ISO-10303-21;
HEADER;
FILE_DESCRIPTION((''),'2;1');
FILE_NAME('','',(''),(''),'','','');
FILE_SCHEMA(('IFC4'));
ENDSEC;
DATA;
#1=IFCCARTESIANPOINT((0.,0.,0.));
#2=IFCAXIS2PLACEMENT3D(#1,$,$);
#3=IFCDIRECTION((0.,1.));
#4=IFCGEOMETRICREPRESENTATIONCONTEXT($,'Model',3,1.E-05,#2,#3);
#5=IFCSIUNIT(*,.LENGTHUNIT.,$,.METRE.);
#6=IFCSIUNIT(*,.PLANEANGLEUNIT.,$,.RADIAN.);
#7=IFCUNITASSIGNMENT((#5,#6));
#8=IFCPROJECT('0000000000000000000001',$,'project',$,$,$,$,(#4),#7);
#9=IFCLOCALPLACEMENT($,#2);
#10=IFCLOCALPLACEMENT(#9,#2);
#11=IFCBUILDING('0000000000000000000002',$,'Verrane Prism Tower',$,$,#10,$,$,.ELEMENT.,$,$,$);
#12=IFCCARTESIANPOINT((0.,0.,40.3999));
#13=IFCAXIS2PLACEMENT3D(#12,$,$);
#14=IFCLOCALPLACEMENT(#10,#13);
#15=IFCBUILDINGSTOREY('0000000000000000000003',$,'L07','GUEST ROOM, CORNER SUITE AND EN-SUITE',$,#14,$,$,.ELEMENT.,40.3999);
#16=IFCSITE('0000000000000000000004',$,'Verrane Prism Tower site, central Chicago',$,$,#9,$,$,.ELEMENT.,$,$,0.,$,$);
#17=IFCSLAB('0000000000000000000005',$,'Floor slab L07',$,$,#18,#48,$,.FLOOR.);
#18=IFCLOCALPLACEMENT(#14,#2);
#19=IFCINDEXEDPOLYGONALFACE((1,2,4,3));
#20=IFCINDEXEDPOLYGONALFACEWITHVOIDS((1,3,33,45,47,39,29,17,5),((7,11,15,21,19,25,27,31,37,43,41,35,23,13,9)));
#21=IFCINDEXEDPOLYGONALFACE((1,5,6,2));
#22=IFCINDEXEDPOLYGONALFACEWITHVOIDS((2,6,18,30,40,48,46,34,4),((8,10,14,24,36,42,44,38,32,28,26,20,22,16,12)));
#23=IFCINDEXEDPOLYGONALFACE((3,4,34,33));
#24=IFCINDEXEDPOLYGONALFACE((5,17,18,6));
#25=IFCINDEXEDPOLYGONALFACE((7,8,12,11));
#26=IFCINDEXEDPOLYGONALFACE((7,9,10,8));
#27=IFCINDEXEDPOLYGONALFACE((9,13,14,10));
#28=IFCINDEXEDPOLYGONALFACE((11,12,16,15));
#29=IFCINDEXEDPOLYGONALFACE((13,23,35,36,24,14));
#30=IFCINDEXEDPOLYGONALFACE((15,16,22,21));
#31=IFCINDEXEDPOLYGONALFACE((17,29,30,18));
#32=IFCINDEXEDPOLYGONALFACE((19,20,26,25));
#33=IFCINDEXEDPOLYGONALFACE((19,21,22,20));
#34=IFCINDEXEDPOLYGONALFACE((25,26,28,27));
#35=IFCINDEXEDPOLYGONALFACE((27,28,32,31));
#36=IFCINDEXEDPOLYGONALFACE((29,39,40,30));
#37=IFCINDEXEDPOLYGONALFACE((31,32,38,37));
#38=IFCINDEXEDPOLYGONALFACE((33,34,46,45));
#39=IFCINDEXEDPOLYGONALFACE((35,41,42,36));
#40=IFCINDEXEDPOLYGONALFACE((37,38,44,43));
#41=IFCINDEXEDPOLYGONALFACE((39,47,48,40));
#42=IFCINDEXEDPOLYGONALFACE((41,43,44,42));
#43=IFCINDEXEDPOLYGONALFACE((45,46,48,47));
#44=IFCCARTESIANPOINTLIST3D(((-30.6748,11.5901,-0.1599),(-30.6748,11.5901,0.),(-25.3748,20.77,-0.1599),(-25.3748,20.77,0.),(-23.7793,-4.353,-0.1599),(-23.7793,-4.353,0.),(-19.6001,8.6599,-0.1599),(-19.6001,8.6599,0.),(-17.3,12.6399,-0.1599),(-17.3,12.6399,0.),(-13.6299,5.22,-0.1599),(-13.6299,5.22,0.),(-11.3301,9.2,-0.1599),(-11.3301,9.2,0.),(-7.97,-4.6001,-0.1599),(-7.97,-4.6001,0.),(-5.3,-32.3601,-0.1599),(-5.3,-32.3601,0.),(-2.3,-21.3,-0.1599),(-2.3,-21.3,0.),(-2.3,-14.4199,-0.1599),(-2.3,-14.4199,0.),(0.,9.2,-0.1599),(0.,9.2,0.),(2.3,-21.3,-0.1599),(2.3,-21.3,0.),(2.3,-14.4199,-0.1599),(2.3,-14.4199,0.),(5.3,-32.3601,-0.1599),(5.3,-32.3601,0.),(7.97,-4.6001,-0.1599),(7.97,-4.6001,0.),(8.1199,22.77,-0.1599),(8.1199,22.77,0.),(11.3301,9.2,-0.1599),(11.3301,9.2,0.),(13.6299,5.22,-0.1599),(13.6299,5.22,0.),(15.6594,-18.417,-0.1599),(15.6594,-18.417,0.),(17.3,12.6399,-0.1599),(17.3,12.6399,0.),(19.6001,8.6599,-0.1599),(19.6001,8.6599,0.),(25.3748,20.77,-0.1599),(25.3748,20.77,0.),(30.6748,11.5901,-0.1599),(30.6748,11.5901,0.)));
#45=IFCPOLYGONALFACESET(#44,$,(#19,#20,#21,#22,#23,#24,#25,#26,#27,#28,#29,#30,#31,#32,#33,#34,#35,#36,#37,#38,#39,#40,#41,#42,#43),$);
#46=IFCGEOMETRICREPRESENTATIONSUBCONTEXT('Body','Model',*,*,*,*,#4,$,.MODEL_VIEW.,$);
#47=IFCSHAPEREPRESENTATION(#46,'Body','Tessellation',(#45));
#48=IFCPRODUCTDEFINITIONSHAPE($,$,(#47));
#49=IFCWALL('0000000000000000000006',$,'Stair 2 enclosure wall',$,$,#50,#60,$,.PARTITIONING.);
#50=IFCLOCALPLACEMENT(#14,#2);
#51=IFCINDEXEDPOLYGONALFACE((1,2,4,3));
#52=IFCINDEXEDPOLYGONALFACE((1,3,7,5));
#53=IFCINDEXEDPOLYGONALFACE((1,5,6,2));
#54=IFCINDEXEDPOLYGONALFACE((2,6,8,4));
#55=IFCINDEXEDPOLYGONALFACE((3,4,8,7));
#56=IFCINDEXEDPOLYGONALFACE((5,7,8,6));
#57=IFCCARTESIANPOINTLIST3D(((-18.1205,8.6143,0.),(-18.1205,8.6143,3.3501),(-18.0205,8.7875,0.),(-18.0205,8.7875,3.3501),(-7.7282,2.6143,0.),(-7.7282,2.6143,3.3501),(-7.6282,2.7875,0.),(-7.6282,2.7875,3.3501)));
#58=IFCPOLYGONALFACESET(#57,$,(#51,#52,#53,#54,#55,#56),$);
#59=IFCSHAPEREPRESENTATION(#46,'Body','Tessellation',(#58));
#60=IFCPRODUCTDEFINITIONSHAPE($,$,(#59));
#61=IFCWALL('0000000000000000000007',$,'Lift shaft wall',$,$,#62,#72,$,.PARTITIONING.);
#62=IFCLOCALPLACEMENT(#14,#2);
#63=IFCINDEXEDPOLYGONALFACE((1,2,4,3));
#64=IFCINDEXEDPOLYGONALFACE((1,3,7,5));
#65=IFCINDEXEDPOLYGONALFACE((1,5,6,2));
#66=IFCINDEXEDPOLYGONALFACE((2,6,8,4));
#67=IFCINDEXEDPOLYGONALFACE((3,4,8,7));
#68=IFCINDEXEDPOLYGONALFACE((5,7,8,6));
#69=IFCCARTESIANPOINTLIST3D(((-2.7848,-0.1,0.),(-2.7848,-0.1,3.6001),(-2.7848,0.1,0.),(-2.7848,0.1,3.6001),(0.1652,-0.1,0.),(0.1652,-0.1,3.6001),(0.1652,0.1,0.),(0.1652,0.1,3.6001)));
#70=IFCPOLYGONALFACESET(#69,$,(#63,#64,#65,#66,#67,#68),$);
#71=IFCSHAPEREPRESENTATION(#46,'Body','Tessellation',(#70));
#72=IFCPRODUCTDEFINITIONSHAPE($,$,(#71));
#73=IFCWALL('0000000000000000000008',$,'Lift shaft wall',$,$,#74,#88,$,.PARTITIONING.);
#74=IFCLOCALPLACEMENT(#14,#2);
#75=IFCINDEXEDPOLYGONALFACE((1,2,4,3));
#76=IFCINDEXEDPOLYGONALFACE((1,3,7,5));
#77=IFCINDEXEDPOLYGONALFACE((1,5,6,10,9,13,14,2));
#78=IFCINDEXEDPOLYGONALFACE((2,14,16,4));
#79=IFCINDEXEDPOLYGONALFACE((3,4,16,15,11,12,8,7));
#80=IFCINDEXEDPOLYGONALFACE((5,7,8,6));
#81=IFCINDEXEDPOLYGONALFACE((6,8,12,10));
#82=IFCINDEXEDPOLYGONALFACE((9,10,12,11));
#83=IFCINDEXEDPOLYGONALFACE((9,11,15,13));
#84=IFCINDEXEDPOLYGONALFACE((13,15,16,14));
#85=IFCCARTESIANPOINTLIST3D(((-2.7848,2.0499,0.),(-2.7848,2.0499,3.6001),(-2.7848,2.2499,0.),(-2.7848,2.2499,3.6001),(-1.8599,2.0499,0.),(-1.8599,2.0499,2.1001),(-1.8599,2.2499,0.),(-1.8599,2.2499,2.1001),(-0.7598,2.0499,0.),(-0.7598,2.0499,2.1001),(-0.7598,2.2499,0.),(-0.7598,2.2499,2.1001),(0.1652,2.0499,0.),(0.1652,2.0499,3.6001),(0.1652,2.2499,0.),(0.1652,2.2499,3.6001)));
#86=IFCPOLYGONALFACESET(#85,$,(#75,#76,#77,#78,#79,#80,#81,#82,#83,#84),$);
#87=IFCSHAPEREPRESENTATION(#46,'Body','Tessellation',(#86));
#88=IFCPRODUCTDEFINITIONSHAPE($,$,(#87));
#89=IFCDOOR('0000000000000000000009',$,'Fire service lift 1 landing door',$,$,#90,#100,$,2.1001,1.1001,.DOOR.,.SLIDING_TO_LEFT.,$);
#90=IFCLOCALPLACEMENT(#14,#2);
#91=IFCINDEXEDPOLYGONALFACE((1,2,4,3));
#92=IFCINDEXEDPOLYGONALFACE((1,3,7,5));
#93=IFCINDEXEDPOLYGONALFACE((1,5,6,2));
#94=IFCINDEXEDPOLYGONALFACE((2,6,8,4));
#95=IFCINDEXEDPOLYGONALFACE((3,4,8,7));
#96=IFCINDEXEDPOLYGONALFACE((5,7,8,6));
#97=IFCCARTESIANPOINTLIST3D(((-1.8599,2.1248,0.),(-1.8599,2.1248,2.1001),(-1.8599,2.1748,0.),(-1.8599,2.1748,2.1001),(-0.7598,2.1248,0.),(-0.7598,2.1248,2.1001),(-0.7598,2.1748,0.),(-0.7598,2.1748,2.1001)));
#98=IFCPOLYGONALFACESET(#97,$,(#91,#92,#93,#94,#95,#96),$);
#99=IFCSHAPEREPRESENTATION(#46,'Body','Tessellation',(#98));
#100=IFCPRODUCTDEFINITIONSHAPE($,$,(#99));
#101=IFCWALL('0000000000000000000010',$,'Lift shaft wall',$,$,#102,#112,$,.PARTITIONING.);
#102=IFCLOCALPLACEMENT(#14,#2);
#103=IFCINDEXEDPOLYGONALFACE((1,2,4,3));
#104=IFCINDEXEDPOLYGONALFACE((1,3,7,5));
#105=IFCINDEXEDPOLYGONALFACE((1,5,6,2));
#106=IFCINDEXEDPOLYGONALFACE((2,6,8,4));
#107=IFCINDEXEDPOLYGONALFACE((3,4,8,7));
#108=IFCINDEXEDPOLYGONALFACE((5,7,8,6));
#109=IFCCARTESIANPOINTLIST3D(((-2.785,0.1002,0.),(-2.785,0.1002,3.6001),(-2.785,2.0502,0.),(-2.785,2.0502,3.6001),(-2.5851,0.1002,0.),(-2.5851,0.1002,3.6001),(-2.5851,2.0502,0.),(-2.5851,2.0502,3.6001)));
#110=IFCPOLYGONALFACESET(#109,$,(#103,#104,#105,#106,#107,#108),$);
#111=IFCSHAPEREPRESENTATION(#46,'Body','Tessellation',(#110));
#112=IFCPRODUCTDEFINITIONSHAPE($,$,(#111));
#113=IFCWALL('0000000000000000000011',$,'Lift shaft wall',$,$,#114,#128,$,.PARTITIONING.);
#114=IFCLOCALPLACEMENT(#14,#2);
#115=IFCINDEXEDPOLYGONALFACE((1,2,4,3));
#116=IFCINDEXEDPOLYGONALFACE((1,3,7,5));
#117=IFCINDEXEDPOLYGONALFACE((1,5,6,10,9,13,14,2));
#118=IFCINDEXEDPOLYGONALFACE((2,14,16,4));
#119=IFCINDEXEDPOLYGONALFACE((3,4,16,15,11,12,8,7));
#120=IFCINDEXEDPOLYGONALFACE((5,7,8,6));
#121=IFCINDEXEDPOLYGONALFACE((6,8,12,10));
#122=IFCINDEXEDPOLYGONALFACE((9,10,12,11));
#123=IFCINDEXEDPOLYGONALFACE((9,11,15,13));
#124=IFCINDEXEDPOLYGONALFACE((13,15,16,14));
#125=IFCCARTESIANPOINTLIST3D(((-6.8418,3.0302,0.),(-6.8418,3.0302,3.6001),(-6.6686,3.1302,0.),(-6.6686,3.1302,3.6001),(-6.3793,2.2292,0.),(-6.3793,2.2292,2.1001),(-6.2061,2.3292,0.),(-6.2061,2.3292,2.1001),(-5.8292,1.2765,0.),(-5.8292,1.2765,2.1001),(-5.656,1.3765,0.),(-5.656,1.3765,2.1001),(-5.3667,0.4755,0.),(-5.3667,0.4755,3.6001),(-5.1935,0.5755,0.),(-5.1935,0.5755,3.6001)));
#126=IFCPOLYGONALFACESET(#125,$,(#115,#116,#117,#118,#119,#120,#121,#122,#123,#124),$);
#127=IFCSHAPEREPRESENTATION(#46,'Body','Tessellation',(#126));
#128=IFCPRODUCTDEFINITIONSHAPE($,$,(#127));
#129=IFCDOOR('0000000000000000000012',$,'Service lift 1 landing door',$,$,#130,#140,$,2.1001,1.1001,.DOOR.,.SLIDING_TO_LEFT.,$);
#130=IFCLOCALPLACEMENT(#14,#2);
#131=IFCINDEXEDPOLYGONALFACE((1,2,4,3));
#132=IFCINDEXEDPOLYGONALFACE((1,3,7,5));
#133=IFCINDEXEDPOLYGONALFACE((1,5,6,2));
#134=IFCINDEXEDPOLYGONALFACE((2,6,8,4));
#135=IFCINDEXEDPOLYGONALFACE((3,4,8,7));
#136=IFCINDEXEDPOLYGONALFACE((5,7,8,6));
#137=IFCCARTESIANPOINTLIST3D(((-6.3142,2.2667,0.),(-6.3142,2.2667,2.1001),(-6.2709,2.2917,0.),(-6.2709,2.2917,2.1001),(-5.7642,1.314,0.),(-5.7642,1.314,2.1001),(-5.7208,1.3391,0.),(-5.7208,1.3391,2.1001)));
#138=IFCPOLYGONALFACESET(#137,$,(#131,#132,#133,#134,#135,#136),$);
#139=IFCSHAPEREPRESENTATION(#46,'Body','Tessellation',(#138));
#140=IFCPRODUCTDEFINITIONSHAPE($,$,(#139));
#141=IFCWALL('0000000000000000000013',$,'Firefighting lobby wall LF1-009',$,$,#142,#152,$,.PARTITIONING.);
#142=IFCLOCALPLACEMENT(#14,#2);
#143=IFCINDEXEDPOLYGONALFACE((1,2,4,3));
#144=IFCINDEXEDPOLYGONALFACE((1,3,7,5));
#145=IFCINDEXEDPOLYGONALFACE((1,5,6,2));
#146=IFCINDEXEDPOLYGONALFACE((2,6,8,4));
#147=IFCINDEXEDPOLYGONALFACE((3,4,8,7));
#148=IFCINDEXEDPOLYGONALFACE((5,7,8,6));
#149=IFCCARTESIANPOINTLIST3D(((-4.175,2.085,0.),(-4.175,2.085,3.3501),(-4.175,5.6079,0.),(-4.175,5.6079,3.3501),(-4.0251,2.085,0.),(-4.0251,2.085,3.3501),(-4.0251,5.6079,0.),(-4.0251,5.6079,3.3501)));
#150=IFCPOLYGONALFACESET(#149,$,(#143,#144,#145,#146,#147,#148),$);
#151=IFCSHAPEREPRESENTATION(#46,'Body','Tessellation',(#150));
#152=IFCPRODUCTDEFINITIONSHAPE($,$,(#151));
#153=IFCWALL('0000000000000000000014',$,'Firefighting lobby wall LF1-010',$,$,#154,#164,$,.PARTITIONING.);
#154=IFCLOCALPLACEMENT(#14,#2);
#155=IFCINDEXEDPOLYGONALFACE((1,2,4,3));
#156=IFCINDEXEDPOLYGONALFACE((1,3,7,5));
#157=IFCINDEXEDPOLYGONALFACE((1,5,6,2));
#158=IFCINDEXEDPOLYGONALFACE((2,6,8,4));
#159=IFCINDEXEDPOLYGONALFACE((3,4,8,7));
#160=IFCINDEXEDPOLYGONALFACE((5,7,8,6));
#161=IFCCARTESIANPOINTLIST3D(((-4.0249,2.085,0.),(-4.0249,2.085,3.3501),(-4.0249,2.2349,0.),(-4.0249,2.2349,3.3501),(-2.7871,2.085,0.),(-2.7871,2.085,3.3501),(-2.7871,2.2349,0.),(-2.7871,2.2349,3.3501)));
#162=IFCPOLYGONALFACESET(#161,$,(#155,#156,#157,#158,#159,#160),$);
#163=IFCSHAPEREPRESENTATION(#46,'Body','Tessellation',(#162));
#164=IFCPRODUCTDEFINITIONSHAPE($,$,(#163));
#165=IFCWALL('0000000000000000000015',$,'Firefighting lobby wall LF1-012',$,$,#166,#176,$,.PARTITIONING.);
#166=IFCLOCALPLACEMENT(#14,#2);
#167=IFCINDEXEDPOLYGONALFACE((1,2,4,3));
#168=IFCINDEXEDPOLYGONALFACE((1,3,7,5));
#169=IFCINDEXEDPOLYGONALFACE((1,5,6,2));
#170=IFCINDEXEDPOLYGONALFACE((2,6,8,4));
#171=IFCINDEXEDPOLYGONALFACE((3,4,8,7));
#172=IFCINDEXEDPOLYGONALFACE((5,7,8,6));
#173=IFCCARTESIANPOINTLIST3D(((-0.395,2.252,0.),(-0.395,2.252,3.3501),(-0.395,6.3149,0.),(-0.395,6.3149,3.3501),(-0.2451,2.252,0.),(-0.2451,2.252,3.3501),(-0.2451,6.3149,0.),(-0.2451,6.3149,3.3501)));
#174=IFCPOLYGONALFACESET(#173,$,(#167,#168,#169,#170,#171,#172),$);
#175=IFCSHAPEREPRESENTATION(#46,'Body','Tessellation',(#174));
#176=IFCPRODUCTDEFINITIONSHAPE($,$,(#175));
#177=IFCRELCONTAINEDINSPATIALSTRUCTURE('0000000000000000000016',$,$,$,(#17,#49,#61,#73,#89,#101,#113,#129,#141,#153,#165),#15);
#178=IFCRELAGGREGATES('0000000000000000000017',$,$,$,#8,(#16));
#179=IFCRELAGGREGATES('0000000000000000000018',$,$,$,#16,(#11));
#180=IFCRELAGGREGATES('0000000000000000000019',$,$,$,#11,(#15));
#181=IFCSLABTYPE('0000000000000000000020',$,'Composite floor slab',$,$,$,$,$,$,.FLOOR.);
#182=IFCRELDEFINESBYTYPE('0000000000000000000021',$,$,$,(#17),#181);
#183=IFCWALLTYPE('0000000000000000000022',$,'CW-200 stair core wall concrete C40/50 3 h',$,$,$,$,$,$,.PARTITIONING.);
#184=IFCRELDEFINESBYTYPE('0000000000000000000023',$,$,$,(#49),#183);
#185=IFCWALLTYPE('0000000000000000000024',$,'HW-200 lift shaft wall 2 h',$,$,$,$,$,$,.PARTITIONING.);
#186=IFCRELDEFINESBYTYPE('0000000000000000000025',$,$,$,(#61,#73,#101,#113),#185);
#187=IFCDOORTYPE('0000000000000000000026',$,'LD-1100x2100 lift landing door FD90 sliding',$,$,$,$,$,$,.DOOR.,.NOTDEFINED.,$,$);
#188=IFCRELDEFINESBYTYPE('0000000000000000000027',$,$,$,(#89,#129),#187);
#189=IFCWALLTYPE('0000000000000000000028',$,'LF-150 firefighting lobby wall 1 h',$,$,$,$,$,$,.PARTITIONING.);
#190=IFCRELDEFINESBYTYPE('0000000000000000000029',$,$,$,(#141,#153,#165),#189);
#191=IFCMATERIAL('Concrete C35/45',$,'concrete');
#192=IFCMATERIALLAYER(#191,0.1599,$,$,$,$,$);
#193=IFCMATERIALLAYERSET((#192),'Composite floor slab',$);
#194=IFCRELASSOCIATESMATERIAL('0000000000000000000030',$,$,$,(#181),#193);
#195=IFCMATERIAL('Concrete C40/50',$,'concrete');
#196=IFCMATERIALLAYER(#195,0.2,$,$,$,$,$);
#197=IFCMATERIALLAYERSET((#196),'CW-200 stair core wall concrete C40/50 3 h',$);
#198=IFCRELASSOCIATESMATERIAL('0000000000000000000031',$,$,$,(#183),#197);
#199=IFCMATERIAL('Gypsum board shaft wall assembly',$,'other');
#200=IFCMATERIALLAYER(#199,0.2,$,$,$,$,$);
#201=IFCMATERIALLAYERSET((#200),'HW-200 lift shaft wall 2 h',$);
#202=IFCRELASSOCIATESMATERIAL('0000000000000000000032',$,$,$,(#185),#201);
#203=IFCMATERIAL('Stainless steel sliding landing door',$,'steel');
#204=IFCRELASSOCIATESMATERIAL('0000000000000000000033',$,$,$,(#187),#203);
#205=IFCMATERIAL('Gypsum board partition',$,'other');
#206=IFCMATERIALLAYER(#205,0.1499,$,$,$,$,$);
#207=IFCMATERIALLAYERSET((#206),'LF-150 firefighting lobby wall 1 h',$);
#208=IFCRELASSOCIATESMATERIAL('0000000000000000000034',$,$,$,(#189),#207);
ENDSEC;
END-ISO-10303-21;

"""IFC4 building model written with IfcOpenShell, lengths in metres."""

from ifc_helpers import new_model, si_unit, direction, frame, frame_2d, origin, place, context, subcontext, project, spatial, polyline, rectangle, outline, extrude, material, layer, layer_set, type_object, element, fill, save


model = new_model("IFC4")

# Units and contexts
model_context = context("Model", 3, precision=1e-05, world=origin(), true_north=direction((0.0, 1.0)))
body_context = subcontext(model_context, "Body", "Model", "MODEL_VIEW")
ifc_project = project(units=[si_unit("LENGTHUNIT", "METRE"), si_unit("PLANEANGLEUNIT", "RADIAN")], contexts=[model_context])

# Site, building, storey
site_placement = place(None, origin())
site = spatial("IfcSite", under=ifc_project, at=site_placement, Name="Verrane Prism Tower site, central Chicago", CompositionType="ELEMENT", RefElevation=0.0)
building_placement = place(site_placement, origin())
building = spatial("IfcBuilding", under=site, at=building_placement, Name="Verrane Prism Tower", CompositionType="ELEMENT")
storey_placement = place(building_placement, frame((0.0, 0.0, 40.3999)))
storey = spatial("IfcBuildingStorey", under=building, at=storey_placement, Name="L07", Description="GUEST ROOM, CORNER SUITE AND EN-SUITE", CompositionType="ELEMENT", Elevation=40.3999)

# Slab
ifc_material_1 = material(Name="Concrete C35/45", Category="concrete")
ifc_layer_1 = layer(ifc_material_1, 0.1599)
ifc_layer_set_1 = layer_set([ifc_layer_1], Name="Composite floor slab")
slab_type = type_object("IfcSlabType", Name="Composite floor slab", PredefinedType="FLOOR", material=ifc_layer_set_1)
slab_placement = place(storey_placement, frame((0.0, 0.0, -0.1599)))
element("IfcSlab", 1, at=slab_placement, inside=storey, type_object=slab_type, Name="Floor slab L07", PredefinedType="FLOOR", context=body_context, shape_type="SweptSolid", body=[
    extrude(outline(polyline([(15.6594, -18.417), (5.3, -32.3601), (-5.3, -32.3601), (-23.7793, -4.353), (-30.6748, 11.5901), (-25.3748, 20.77), (8.1199, 22.77), (25.3748, 20.77), (30.6748, 11.5901), (15.6594, -18.417)]), holes=[polyline([(19.6001, 8.6599), (17.3, 12.6399), (11.3301, 9.2), (0.0, 9.2), (-11.3301, 9.2), (-17.3, 12.6399), (-19.6001, 8.6599), (-13.6299, 5.22), (-7.97, -4.6001), (-2.3, -14.4199), (-2.3, -21.3), (2.3, -21.3), (2.3, -14.4199), (7.97, -4.6001), (13.6299, 5.22), (19.6001, 8.6599)])]), origin(), (0.0, 0.0, 1.0), 0.1599),
])

# Walls
ifc_material_2 = material(Name="Concrete C40/50", Category="concrete")
ifc_layer_2 = layer(ifc_material_2, 0.2)
ifc_layer_set_2 = layer_set([ifc_layer_2], Name="CW-200 stair core wall concrete C40/50 3 h")
wall_type_1 = type_object("IfcWallType", Name="CW-200 stair core wall concrete C40/50 3 h", PredefinedType="PARTITIONING", material=ifc_layer_set_2)
wall_1_placement = place(storey_placement, frame((-7.6782, 2.7009, 0.0), z_axis=(0.0, 0.0, 1.0), x_axis=(-0.866026, 0.499999, 0.0)))
element("IfcWall", 2, at=wall_1_placement, inside=storey, type_object=wall_type_1, Name="Stair 2 enclosure wall", PredefinedType="PARTITIONING", context=body_context, shape_type="SweptSolid", body=[
    extrude(rectangle(XDim=12.0, YDim=0.2, at=frame_2d((6.0, 0.0))), origin(), (0.0, 0.0, 1.0), 3.3501),
])
ifc_material_3 = material(Name="Gypsum board shaft wall assembly", Category="other")
ifc_layer_3 = layer(ifc_material_3, 0.2)
ifc_layer_set_3 = layer_set([ifc_layer_3], Name="HW-200 lift shaft wall 2 h")
wall_type_2 = type_object("IfcWallType", Name="HW-200 lift shaft wall 2 h", PredefinedType="PARTITIONING", material=ifc_layer_set_3)
wall_2_placement = place(storey_placement, frame((-2.7849, 0.0, 0.0), z_axis=(0.0, 0.0, 1.0), x_axis=(1.0, 0.0, 0.0)))
element("IfcWall", 3, at=wall_2_placement, inside=storey, type_object=wall_type_2, Name="Lift shaft wall", PredefinedType="PARTITIONING", context=body_context, shape_type="SweptSolid", body=[
    extrude(rectangle(XDim=2.95, YDim=0.2, at=frame_2d((1.4751, 0.0))), origin(), (0.0, 0.0, 1.0), 3.6001),
])

# Wall, opening, door
wall_3_placement = place(storey_placement, frame((-2.7849, 2.1499, 0.0), z_axis=(0.0, 0.0, 1.0), x_axis=(1.0, 0.0, 0.0)))
wall_3 = element("IfcWall", 4, at=wall_3_placement, inside=storey, type_object=wall_type_2, Name="Lift shaft wall", PredefinedType="PARTITIONING", context=body_context, shape_type="SweptSolid", body=[
    extrude(rectangle(XDim=2.95, YDim=0.2, at=frame_2d((1.4751, 0.0))), origin(), (0.0, 0.0, 1.0), 3.6001),
])
opening_1_placement = place(wall_3_placement, frame((0.925, 0.0, 0.0)))
opening_1 = element("IfcOpeningElement", 5, at=opening_1_placement, cuts=wall_3, PredefinedType="OPENING", context=body_context, shape_type="SweptSolid", body=[
    extrude(rectangle(XDim=1.1001, YDim=2.1001, at=frame_2d((0.55, 1.05))), frame((0.0, 0.1099, 0.0), z_axis=(0.0, -1.0, 0.0), x_axis=(1.0, 0.0, 0.0)), (0.0, 0.0, 1.0), 0.22),
])
ifc_material_4 = material(Name="Stainless steel sliding landing door", Category="steel")
door_type = type_object("IfcDoorType", Name="LD-1100x2100 lift landing door FD90 sliding", OperationType="NOTDEFINED", PredefinedType="DOOR", material=ifc_material_4)
door_1_placement = place(opening_1_placement, origin())
door_1 = element("IfcDoor", 6, at=door_1_placement, inside=storey, type_object=door_type, Name="Fire service lift 1 landing door", OperationType="SLIDING_TO_LEFT", OverallHeight=2.1001, OverallWidth=1.1001, PredefinedType="DOOR", context=body_context, shape_type="SweptSolid", body=[
    extrude(rectangle(XDim=1.1001, YDim=2.1001, at=frame_2d((0.55, 1.05))), frame((0.0, 0.0249, 0.0), z_axis=(0.0, -1.0, 0.0), x_axis=(1.0, 0.0, 0.0)), (0.0, 0.0, 1.0), 0.05),
])
fill(opening_1, door_1)

# Wall
wall_4_placement = place(storey_placement, frame((-2.6851, 0.1001, 0.0), z_axis=(0.0, 0.0, 1.0), x_axis=(0.0, 1.0, 0.0)))
element("IfcWall", 7, at=wall_4_placement, inside=storey, type_object=wall_type_2, Name="Lift shaft wall", PredefinedType="PARTITIONING", context=body_context, shape_type="SweptSolid", body=[
    extrude(rectangle(XDim=1.95, YDim=0.2, at=frame_2d((0.9751, 0.0))), origin(), (0.0, 0.0, 1.0), 3.6001),
])

# Wall, opening, door
wall_5_placement = place(storey_placement, frame((-5.28, 0.5254, 0.0), z_axis=(0.0, 0.0, 1.0), x_axis=(-0.500038, 0.866004, 0.0)))
wall_5 = element("IfcWall", 8, at=wall_5_placement, inside=storey, type_object=wall_type_2, Name="Lift shaft wall", PredefinedType="PARTITIONING", context=body_context, shape_type="SweptSolid", body=[
    extrude(rectangle(XDim=2.95, YDim=0.2, at=frame_2d((1.4751, 0.0))), origin(), (0.0, 0.0, 1.0), 3.6001),
])
opening_2_placement = place(wall_5_placement, frame((0.925, 0.0, 0.0)))
opening_2 = element("IfcOpeningElement", 9, at=opening_2_placement, cuts=wall_5, PredefinedType="OPENING", context=body_context, shape_type="SweptSolid", body=[
    extrude(rectangle(XDim=1.1001, YDim=2.1001, at=frame_2d((0.55, 1.05))), frame((0.0, 0.1099, 0.0), z_axis=(0.0, -1.0, 0.0), x_axis=(1.0, 0.0, 0.0)), (0.0, 0.0, 1.0), 0.22),
])
door_2_placement = place(opening_2_placement, origin())
door_2 = element("IfcDoor", 10, at=door_2_placement, inside=storey, type_object=door_type, Name="Service lift 1 landing door", OperationType="SLIDING_TO_LEFT", OverallHeight=2.1001, OverallWidth=1.1001, PredefinedType="DOOR", context=body_context, shape_type="SweptSolid", body=[
    extrude(rectangle(XDim=1.1001, YDim=2.1001, at=frame_2d((0.55, 1.05))), frame((0.0, 0.0249, 0.0), z_axis=(0.0, -1.0, 0.0), x_axis=(1.0, 0.0, 0.0)), (0.0, 0.0, 1.0), 0.05),
])
fill(opening_2, door_2)

# Walls
ifc_material_5 = material(Name="Gypsum board partition", Category="other")
ifc_layer_4 = layer(ifc_material_5, 0.1499)
ifc_layer_set_4 = layer_set([ifc_layer_4], Name="LF-150 firefighting lobby wall 1 h")
wall_type_3 = type_object("IfcWallType", Name="LF-150 firefighting lobby wall 1 h", PredefinedType="PARTITIONING", material=ifc_layer_set_4)
wall_6_placement = place(storey_placement, frame((-4.1001, 2.085, 0.0), z_axis=(0.0, 0.0, 1.0), x_axis=(0.0, 1.0, 0.0)))
element("IfcWall", 11, at=wall_6_placement, inside=storey, type_object=wall_type_3, Name="Firefighting lobby wall LF1-009", PredefinedType="PARTITIONING", context=body_context, shape_type="SweptSolid", body=[
    extrude(rectangle(XDim=3.5229, YDim=0.1499, at=frame_2d((1.7615, 0.0))), origin(), (0.0, 0.0, 1.0), 3.3501),
])
wall_7_placement = place(storey_placement, frame((-4.0249, 2.1599, 0.0), z_axis=(0.0, 0.0, 1.0), x_axis=(1.0, 0.0, 0.0)))
element("IfcWall", 12, at=wall_7_placement, inside=storey, type_object=wall_type_3, Name="Firefighting lobby wall LF1-010", PredefinedType="PARTITIONING", context=body_context, shape_type="SweptSolid", body=[
    extrude(rectangle(XDim=1.2378, YDim=0.1499, at=frame_2d((0.6189, 0.0))), origin(), (0.0, 0.0, 1.0), 3.3501),
])
wall_8_placement = place(storey_placement, frame((-0.3201, 2.252, 0.0), z_axis=(0.0, 0.0, 1.0), x_axis=(0.0, 1.0, 0.0)))
element("IfcWall", 13, at=wall_8_placement, inside=storey, type_object=wall_type_3, Name="Firefighting lobby wall LF1-012", PredefinedType="PARTITIONING", context=body_context, shape_type="SweptSolid", body=[
    extrude(rectangle(XDim=4.063, YDim=0.1499, at=frame_2d((2.0315, 0.0))), origin(), (0.0, 0.0, 1.0), 3.3501),
])

save(model, "model.ifc")
